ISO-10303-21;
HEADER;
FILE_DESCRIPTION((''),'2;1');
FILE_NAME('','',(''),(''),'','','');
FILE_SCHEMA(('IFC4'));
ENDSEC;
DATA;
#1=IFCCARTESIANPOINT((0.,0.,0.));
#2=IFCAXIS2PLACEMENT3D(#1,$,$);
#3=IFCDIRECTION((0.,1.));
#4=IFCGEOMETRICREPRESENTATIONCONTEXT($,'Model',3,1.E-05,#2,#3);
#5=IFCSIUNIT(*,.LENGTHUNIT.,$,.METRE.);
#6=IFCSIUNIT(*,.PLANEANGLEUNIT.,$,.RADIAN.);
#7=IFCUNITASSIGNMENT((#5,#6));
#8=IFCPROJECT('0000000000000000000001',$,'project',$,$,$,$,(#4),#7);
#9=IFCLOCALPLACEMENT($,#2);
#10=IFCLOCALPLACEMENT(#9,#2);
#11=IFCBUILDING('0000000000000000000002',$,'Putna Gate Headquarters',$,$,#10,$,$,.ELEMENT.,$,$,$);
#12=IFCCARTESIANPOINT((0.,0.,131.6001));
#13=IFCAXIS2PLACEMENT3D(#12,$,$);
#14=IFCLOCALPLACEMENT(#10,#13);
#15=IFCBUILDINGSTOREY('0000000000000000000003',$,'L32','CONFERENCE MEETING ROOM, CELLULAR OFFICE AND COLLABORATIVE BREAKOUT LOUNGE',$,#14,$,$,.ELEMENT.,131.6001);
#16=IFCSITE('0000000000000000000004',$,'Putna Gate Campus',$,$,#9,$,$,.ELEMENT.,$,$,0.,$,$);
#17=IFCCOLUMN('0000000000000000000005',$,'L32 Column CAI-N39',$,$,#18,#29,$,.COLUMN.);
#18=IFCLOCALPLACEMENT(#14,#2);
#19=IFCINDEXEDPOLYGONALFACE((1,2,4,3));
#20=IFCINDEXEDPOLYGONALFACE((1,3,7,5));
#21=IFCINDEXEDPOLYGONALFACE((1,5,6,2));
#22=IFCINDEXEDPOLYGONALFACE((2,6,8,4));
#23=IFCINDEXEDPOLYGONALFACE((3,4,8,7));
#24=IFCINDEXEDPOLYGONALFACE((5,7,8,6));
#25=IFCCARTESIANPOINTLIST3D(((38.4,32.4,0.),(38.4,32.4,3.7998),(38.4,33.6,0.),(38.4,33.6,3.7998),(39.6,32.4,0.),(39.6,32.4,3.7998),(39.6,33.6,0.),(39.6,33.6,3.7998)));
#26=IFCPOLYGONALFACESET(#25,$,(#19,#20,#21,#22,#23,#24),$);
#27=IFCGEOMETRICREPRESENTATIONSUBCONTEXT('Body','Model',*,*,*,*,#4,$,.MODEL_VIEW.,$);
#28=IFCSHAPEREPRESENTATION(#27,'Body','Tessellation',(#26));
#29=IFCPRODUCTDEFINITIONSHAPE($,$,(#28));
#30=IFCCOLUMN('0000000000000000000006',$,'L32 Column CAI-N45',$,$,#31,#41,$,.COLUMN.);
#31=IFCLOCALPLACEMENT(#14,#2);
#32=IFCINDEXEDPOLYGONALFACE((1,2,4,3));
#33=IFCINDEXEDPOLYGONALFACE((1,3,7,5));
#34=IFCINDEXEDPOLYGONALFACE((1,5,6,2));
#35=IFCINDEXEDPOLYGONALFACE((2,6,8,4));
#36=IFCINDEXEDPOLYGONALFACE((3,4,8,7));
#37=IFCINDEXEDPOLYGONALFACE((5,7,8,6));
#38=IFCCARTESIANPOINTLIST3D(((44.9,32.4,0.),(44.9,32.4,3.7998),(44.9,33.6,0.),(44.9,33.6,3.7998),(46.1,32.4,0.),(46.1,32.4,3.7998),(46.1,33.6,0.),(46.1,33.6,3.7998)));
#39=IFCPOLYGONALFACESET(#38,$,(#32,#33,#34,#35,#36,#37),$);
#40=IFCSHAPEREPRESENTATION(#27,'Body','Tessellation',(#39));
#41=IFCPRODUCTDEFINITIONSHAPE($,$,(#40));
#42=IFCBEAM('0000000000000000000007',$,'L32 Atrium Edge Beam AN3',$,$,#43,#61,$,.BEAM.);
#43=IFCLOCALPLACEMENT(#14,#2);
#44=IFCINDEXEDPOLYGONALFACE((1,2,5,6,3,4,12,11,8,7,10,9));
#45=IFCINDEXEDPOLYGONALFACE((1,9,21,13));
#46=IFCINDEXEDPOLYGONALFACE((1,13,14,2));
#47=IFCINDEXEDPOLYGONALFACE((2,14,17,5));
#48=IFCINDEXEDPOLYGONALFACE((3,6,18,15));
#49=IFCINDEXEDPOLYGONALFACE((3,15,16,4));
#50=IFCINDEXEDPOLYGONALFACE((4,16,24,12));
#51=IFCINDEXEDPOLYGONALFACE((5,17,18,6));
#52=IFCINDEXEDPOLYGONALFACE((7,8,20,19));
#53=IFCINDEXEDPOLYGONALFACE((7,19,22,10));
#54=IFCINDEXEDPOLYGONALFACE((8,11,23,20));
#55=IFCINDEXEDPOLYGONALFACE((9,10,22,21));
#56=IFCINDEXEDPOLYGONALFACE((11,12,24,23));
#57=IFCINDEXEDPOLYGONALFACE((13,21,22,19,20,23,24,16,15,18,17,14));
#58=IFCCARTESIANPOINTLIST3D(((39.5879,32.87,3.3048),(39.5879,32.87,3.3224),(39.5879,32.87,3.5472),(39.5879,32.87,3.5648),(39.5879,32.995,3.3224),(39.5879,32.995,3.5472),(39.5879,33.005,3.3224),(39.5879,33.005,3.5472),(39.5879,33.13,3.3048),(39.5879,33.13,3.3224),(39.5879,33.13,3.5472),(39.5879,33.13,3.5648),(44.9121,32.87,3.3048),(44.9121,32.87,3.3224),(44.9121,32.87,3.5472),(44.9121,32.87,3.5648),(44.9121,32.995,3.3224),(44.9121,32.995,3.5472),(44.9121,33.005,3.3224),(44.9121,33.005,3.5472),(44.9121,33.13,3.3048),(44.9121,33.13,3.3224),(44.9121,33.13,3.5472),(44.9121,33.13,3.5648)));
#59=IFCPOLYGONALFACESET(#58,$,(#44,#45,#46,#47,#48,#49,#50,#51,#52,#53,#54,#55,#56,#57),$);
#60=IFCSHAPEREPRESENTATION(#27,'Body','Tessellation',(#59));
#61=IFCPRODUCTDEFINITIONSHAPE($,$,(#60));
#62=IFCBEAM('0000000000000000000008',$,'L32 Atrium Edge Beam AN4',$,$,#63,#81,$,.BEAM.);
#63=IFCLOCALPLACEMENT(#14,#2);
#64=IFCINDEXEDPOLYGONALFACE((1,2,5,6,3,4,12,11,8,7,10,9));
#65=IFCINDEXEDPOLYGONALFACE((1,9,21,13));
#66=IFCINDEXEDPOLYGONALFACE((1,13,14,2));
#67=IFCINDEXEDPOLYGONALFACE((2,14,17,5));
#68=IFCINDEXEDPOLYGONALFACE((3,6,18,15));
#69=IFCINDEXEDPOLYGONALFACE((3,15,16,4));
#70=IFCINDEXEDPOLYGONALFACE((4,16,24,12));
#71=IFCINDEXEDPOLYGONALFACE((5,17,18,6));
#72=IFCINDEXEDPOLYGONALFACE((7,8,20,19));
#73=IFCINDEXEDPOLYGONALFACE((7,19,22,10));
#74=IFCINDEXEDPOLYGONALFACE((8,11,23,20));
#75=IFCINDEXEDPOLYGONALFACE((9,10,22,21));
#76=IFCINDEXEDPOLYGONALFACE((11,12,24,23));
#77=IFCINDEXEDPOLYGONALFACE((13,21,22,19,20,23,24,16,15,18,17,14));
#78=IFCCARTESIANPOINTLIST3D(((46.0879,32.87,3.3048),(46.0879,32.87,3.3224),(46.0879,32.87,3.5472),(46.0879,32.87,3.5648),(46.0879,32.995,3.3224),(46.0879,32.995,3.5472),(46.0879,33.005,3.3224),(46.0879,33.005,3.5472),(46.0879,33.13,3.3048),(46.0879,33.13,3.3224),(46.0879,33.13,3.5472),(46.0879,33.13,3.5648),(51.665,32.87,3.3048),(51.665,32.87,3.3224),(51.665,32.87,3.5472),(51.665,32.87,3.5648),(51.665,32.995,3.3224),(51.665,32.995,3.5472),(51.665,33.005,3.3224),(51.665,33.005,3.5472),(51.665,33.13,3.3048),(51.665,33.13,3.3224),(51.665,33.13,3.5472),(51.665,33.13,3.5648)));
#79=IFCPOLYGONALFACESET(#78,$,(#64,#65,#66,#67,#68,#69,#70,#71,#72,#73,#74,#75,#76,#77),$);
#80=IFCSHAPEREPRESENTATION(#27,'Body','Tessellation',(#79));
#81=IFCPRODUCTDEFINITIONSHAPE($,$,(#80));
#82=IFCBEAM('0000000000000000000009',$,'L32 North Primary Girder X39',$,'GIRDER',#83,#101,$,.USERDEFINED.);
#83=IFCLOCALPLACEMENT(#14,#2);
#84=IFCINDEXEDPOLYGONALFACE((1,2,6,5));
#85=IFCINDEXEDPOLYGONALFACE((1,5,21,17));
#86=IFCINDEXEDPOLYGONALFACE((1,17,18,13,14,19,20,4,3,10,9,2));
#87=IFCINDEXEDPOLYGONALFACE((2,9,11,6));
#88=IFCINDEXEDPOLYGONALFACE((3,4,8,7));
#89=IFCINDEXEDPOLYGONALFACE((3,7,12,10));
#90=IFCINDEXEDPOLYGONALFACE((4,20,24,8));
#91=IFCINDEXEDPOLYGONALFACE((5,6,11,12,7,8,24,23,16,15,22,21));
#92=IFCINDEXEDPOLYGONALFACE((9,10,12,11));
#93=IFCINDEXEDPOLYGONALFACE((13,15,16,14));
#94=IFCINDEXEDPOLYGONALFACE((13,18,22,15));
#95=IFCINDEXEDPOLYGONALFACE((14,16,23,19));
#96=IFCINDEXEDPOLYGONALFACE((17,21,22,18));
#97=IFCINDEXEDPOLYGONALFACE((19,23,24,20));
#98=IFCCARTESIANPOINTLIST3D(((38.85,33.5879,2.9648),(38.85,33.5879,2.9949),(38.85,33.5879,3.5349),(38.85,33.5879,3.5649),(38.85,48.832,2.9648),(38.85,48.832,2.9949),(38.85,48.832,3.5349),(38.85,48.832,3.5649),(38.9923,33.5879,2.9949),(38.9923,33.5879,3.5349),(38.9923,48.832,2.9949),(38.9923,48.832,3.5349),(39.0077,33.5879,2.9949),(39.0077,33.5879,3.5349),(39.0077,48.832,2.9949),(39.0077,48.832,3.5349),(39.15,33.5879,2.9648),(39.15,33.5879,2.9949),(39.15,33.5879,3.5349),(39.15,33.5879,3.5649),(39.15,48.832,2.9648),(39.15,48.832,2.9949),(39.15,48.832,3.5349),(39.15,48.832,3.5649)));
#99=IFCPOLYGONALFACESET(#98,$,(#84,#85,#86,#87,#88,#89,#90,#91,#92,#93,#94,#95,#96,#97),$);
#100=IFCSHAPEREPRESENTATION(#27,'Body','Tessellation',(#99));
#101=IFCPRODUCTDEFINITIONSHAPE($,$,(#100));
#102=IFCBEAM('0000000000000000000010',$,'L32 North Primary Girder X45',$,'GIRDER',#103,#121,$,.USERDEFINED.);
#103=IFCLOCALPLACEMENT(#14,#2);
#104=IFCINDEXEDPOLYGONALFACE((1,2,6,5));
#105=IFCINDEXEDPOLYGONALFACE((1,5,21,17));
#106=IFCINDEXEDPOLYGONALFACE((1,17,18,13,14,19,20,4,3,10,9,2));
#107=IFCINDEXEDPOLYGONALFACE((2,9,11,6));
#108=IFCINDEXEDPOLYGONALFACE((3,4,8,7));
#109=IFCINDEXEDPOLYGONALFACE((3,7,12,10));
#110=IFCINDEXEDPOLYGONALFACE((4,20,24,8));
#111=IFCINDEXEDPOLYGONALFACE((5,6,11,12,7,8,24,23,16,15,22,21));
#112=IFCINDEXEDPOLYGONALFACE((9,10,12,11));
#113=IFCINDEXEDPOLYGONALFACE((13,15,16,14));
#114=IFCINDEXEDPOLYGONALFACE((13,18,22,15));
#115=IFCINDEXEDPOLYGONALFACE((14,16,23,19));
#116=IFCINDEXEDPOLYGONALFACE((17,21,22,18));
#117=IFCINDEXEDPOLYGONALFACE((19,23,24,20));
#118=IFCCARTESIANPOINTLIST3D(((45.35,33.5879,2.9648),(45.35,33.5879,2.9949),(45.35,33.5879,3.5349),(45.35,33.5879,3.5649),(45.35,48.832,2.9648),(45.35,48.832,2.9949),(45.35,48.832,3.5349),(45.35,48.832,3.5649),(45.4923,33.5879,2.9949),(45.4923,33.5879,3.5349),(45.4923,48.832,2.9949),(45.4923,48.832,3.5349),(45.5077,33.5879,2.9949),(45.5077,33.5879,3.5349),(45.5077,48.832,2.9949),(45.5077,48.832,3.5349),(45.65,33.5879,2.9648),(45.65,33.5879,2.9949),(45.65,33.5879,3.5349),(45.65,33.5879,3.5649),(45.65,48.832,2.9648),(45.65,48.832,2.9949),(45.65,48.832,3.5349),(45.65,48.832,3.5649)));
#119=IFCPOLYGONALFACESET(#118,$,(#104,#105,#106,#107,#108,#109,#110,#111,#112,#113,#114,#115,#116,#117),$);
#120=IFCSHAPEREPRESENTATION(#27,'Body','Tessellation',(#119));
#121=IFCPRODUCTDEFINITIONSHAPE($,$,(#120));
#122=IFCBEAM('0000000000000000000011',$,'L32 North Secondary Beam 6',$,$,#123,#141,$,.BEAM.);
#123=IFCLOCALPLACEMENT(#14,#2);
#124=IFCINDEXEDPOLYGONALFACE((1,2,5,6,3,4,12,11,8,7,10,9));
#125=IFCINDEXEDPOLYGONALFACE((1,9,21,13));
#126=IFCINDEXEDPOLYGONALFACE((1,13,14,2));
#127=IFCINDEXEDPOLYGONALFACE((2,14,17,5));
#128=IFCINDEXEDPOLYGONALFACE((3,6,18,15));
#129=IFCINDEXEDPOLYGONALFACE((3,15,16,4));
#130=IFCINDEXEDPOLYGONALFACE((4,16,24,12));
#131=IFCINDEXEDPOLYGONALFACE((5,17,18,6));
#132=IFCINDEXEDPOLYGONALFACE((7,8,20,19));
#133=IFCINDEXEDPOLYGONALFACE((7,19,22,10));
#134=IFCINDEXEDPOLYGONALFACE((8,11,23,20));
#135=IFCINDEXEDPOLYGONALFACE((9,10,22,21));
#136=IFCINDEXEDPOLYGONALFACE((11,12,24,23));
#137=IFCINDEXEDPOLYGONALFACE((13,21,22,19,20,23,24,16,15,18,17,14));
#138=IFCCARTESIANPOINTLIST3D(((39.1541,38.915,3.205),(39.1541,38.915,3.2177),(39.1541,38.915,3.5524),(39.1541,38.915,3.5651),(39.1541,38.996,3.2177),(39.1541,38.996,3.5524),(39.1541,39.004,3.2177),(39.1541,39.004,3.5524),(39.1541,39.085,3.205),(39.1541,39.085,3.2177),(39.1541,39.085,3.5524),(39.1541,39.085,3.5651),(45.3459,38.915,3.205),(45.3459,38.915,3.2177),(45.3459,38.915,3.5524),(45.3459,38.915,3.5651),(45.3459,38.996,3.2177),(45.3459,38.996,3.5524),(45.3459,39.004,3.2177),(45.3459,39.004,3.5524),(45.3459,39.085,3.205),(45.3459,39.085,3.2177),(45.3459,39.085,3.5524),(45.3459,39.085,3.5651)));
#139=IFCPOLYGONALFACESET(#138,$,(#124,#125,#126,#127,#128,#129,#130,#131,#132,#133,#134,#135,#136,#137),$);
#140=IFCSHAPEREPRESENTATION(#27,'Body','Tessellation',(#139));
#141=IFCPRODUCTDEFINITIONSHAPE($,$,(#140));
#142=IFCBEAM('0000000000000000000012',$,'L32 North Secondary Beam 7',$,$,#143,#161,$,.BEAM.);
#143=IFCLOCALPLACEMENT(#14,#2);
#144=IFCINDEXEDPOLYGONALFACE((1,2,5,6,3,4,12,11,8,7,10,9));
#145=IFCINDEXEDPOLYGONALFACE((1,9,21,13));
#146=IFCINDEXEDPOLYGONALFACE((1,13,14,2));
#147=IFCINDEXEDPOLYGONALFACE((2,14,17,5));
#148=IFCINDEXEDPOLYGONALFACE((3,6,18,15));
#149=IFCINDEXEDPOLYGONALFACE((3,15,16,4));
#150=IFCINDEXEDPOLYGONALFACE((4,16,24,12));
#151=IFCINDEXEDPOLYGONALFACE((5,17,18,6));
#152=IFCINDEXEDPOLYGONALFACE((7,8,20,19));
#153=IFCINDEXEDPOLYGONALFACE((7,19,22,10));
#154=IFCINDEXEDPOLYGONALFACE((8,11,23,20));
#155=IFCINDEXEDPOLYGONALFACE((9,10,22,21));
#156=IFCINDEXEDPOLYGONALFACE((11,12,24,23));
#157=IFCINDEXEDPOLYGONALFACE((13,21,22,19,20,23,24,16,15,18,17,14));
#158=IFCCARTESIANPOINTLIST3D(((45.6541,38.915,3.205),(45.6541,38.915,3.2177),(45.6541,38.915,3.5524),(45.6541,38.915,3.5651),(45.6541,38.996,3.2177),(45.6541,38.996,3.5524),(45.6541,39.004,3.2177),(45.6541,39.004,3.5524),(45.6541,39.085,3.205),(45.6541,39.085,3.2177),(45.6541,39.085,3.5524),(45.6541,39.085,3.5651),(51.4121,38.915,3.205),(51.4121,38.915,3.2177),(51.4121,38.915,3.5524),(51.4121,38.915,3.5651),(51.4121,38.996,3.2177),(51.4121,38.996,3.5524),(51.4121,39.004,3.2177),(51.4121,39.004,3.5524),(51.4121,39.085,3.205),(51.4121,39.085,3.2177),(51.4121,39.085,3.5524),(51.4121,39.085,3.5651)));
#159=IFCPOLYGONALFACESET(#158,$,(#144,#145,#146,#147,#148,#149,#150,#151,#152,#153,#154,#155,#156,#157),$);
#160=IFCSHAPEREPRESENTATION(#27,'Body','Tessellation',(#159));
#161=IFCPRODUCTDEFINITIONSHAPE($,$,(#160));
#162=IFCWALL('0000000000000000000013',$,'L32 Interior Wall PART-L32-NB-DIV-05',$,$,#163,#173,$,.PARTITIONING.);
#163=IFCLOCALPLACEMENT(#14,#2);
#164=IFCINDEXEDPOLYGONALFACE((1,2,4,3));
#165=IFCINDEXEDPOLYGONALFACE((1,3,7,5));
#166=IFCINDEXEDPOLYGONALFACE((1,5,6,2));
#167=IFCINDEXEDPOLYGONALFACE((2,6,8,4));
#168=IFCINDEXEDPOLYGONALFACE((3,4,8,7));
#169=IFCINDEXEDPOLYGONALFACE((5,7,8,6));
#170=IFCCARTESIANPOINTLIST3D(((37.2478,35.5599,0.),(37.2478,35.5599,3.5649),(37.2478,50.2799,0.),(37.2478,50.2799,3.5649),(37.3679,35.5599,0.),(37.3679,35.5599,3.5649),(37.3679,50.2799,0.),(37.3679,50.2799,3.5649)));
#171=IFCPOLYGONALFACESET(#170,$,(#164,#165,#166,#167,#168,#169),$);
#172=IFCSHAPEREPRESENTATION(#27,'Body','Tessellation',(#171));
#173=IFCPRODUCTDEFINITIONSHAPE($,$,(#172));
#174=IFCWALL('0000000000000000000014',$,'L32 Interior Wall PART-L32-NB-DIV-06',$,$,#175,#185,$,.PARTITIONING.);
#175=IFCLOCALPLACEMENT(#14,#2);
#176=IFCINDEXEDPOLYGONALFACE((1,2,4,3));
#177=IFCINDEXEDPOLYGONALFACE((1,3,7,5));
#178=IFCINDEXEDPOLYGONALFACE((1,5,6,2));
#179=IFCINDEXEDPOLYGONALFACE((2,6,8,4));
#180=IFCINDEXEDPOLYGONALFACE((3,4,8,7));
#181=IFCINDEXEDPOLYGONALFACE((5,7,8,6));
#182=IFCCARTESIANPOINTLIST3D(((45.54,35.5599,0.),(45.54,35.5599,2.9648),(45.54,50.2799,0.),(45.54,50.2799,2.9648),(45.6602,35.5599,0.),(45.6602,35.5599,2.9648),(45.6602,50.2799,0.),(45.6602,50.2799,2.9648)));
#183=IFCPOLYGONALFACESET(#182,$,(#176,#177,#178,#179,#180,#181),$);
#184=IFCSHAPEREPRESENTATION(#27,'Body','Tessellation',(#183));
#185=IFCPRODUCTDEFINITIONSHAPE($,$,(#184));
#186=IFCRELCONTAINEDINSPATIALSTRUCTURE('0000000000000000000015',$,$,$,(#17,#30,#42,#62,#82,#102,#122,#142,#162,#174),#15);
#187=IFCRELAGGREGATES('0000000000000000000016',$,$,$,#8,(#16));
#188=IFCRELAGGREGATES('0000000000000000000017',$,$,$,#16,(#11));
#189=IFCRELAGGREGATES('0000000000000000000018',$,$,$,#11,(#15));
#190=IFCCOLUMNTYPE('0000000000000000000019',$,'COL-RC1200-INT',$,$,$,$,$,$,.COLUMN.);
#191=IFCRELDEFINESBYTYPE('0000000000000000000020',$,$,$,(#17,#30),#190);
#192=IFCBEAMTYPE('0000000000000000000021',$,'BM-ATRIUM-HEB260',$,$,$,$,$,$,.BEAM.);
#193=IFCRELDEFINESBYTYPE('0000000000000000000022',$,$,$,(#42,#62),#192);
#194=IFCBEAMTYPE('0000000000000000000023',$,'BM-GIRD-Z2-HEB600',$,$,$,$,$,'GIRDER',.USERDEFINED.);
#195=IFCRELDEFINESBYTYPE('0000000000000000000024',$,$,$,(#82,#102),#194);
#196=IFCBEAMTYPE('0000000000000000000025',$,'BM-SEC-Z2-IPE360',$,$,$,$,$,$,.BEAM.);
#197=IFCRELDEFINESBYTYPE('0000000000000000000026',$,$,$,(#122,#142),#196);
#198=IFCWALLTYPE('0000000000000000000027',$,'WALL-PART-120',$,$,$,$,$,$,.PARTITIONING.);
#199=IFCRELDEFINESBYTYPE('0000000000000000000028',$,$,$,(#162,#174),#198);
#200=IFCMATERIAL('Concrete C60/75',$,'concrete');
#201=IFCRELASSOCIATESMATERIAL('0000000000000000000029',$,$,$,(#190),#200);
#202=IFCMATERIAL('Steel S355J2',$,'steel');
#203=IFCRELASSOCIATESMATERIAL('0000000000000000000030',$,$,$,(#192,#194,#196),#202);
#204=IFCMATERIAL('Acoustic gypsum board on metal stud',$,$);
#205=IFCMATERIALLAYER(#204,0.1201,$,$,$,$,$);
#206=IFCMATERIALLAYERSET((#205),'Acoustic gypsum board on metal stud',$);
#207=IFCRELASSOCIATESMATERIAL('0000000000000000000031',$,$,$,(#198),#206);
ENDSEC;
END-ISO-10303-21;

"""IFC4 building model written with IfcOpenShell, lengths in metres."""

from ifc_helpers import new_model, si_unit, direction, frame, frame_2d, origin, origin_2d, place, context, subcontext, project, spatial, rectangle, i_section, extrude, material, layer, layer_set, material_profile, profile_set, type_object, element, save


model = new_model("IFC4")

# Units and contexts
model_context = context("Model", 3, precision=1e-05, world=origin(), true_north=direction((0.0, 1.0)))
body_context = subcontext(model_context, "Body", "Model", "MODEL_VIEW")
ifc_project = project(units=[si_unit("LENGTHUNIT", "METRE"), si_unit("PLANEANGLEUNIT", "RADIAN")], contexts=[model_context])

# Site, building, storey
site_placement = place(None, origin())
site = spatial("IfcSite", under=ifc_project, at=site_placement, Name="Putna Gate Campus", CompositionType="ELEMENT", RefElevation=0.0)
building_placement = place(site_placement, origin())
building = spatial("IfcBuilding", under=site, at=building_placement, Name="Putna Gate Headquarters", CompositionType="ELEMENT")
storey_placement = place(building_placement, frame((0.0, 0.0, 131.6001)))
storey = spatial("IfcBuildingStorey", under=building, at=storey_placement, Name="L32", Description="CONFERENCE MEETING ROOM, CELLULAR OFFICE AND COLLABORATIVE BREAKOUT LOUNGE", CompositionType="ELEMENT", Elevation=131.6001)

# Columns
ifc_material_1 = material(Name="Concrete C60/75", Category="concrete")
ifc_material_profile_1 = material_profile(ifc_material_1, rectangle(XDim=1.2, YDim=1.2, at=origin_2d()), Name="Concrete C60/75")
ifc_profile_set_1 = profile_set([ifc_material_profile_1], Name="Concrete C60/75")
column_type = type_object("IfcColumnType", Name="COL-RC1200-INT", PredefinedType="COLUMN", material=ifc_profile_set_1)
for number, where, z_axis, x_axis, name in (
    (1, (39.0, 33.0, 0.0), (0.0, 0.0, 1.0), (1.0, 0.0, 0.0), "L32 Column CAI-N39"),
    (2, (45.5, 33.0, 0.0), (0.0, 0.0, 1.0), (1.0, 0.0, 0.0), "L32 Column CAI-N45"),
):
    element("IfcColumn", number, at=place(storey_placement, frame(where, z_axis=z_axis, x_axis=x_axis)), inside=storey, type_object=column_type, Name=name, PredefinedType="COLUMN", context=body_context, shape_type="SweptSolid", body=[
        extrude(rectangle(XDim=1.2, YDim=1.2, at=origin_2d()), origin(), (0.0, 0.0, 1.0), 3.7998),
    ])

# Beams
ifc_material_2 = material(Name="Steel S355J2", Category="steel")
ifc_material_profile_2 = material_profile(ifc_material_2, i_section(OverallWidth=0.26, OverallDepth=0.26, WebThickness=0.01, FlangeThickness=0.0176, at=origin_2d()), Name="Steel S355J2")
ifc_profile_set_2 = profile_set([ifc_material_profile_2], Name="Steel S355J2")
beam_type_1 = type_object("IfcBeamType", Name="BM-ATRIUM-HEB260", PredefinedType="BEAM", material=ifc_profile_set_2)
beam_1_placement = place(storey_placement, frame((39.5879, 33.0, 3.4348), z_axis=(1.0, 0.0, 0.0), x_axis=(0.0, 1.0, 0.0)))
element("IfcBeam", 3, at=beam_1_placement, inside=storey, type_object=beam_type_1, Name="L32 Atrium Edge Beam AN3", PredefinedType="BEAM", context=body_context, shape_type="SweptSolid", body=[
    extrude(i_section(OverallWidth=0.26, OverallDepth=0.26, WebThickness=0.01, FlangeThickness=0.0176, at=origin_2d()), origin(), (0.0, 0.0, 1.0), 5.3242),
])
beam_2_placement = place(storey_placement, frame((46.0879, 33.0, 3.4348), z_axis=(1.0, 0.0, 0.0), x_axis=(0.0, 1.0, 0.0)))
element("IfcBeam", 4, at=beam_2_placement, inside=storey, type_object=beam_type_1, Name="L32 Atrium Edge Beam AN4", PredefinedType="BEAM", context=body_context, shape_type="SweptSolid", body=[
    extrude(i_section(OverallWidth=0.26, OverallDepth=0.26, WebThickness=0.01, FlangeThickness=0.0176, at=origin_2d()), origin(), (0.0, 0.0, 1.0), 5.5771),
])
ifc_material_profile_3 = material_profile(ifc_material_2, i_section(OverallWidth=0.3, OverallDepth=0.6001, WebThickness=0.0154, FlangeThickness=0.03, at=origin_2d()), Name="Steel S355J2")
ifc_profile_set_3 = profile_set([ifc_material_profile_3], Name="Steel S355J2")
beam_type_2 = type_object("IfcBeamType", Name="BM-GIRD-Z2-HEB600", ElementType="GIRDER", PredefinedType="USERDEFINED", material=ifc_profile_set_3)
for number, where, z_axis, x_axis, name in (
    (5, (39.0, 33.5879, 3.2649), (0.0, 1.0, 0.0), (-1.0, 0.0, 0.0), "L32 North Primary Girder X39"),
    (6, (45.5, 33.5879, 3.2649), (0.0, 1.0, 0.0), (-1.0, 0.0, 0.0), "L32 North Primary Girder X45"),
):
    element("IfcBeam", number, at=place(storey_placement, frame(where, z_axis=z_axis, x_axis=x_axis)), inside=storey, type_object=beam_type_2, Name=name, ObjectType="GIRDER", PredefinedType="USERDEFINED", context=body_context, shape_type="SweptSolid", body=[
        extrude(i_section(OverallWidth=0.3, OverallDepth=0.6001, WebThickness=0.0154, FlangeThickness=0.03, at=origin_2d()), origin(), (0.0, 0.0, 1.0), 15.2441),
    ])
ifc_material_profile_4 = material_profile(ifc_material_2, i_section(OverallWidth=0.1699, OverallDepth=0.3601, WebThickness=0.0081, FlangeThickness=0.0127, at=origin_2d()), Name="Steel S355J2")
ifc_profile_set_4 = profile_set([ifc_material_profile_4], Name="Steel S355J2")
beam_type_3 = type_object("IfcBeamType", Name="BM-SEC-Z2-IPE360", PredefinedType="BEAM", material=ifc_profile_set_4)
beam_3_placement = place(storey_placement, frame((39.1541, 39.0, 3.385), z_axis=(1.0, 0.0, 0.0), x_axis=(0.0, 1.0, 0.0)))
element("IfcBeam", 7, at=beam_3_placement, inside=storey, type_object=beam_type_3, Name="L32 North Secondary Beam 6", PredefinedType="BEAM", context=body_context, shape_type="SweptSolid", body=[
    extrude(i_section(OverallWidth=0.1699, OverallDepth=0.3601, WebThickness=0.0081, FlangeThickness=0.0127, at=origin_2d()), origin(), (0.0, 0.0, 1.0), 6.1919),
])
beam_4_placement = place(storey_placement, frame((45.6541, 39.0, 3.385), z_axis=(1.0, 0.0, 0.0), x_axis=(0.0, 1.0, 0.0)))
element("IfcBeam", 8, at=beam_4_placement, inside=storey, type_object=beam_type_3, Name="L32 North Secondary Beam 7", PredefinedType="BEAM", context=body_context, shape_type="SweptSolid", body=[
    extrude(i_section(OverallWidth=0.1699, OverallDepth=0.3601, WebThickness=0.0081, FlangeThickness=0.0127, at=origin_2d()), origin(), (0.0, 0.0, 1.0), 5.7581),
])

# Walls
ifc_material_3 = material(Name="Acoustic gypsum board on metal stud")
ifc_layer_1 = layer(ifc_material_3, 0.1201)
ifc_layer_set_1 = layer_set([ifc_layer_1], Name="Acoustic gypsum board on metal stud")
wall_type_1 = type_object("IfcWallType", Name="WALL-PART-120", PredefinedType="PARTITIONING", material=ifc_layer_set_1)
wall_1_placement = place(storey_placement, frame((37.3079, 35.5601, 0.0), z_axis=(0.0, 0.0, 1.0), x_axis=(0.0, 1.0, 0.0)))
element("IfcWall", 9, at=wall_1_placement, inside=storey, type_object=wall_type_1, Name="L32 Interior Wall PART-L32-NB-DIV-05", PredefinedType="PARTITIONING", context=body_context, shape_type="SweptSolid", body=[
    extrude(rectangle(XDim=14.72, YDim=0.1201, at=frame_2d((7.3599, 0.0))), origin(), (0.0, 0.0, 1.0), 3.5649),
])
wall_2_placement = place(storey_placement, frame((45.6001, 35.5601, 0.0), z_axis=(0.0, 0.0, 1.0), x_axis=(0.0, 1.0, 0.0)))
element("IfcWall", 10, at=wall_2_placement, inside=storey, type_object=wall_type_1, Name="L32 Interior Wall PART-L32-NB-DIV-06", PredefinedType="PARTITIONING", context=body_context, shape_type="SweptSolid", body=[
    extrude(rectangle(XDim=14.72, YDim=0.1201, at=frame_2d((7.3599, 0.0))), origin(), (0.0, 0.0, 1.0), 2.9648),
])

save(model, "model.ifc")
